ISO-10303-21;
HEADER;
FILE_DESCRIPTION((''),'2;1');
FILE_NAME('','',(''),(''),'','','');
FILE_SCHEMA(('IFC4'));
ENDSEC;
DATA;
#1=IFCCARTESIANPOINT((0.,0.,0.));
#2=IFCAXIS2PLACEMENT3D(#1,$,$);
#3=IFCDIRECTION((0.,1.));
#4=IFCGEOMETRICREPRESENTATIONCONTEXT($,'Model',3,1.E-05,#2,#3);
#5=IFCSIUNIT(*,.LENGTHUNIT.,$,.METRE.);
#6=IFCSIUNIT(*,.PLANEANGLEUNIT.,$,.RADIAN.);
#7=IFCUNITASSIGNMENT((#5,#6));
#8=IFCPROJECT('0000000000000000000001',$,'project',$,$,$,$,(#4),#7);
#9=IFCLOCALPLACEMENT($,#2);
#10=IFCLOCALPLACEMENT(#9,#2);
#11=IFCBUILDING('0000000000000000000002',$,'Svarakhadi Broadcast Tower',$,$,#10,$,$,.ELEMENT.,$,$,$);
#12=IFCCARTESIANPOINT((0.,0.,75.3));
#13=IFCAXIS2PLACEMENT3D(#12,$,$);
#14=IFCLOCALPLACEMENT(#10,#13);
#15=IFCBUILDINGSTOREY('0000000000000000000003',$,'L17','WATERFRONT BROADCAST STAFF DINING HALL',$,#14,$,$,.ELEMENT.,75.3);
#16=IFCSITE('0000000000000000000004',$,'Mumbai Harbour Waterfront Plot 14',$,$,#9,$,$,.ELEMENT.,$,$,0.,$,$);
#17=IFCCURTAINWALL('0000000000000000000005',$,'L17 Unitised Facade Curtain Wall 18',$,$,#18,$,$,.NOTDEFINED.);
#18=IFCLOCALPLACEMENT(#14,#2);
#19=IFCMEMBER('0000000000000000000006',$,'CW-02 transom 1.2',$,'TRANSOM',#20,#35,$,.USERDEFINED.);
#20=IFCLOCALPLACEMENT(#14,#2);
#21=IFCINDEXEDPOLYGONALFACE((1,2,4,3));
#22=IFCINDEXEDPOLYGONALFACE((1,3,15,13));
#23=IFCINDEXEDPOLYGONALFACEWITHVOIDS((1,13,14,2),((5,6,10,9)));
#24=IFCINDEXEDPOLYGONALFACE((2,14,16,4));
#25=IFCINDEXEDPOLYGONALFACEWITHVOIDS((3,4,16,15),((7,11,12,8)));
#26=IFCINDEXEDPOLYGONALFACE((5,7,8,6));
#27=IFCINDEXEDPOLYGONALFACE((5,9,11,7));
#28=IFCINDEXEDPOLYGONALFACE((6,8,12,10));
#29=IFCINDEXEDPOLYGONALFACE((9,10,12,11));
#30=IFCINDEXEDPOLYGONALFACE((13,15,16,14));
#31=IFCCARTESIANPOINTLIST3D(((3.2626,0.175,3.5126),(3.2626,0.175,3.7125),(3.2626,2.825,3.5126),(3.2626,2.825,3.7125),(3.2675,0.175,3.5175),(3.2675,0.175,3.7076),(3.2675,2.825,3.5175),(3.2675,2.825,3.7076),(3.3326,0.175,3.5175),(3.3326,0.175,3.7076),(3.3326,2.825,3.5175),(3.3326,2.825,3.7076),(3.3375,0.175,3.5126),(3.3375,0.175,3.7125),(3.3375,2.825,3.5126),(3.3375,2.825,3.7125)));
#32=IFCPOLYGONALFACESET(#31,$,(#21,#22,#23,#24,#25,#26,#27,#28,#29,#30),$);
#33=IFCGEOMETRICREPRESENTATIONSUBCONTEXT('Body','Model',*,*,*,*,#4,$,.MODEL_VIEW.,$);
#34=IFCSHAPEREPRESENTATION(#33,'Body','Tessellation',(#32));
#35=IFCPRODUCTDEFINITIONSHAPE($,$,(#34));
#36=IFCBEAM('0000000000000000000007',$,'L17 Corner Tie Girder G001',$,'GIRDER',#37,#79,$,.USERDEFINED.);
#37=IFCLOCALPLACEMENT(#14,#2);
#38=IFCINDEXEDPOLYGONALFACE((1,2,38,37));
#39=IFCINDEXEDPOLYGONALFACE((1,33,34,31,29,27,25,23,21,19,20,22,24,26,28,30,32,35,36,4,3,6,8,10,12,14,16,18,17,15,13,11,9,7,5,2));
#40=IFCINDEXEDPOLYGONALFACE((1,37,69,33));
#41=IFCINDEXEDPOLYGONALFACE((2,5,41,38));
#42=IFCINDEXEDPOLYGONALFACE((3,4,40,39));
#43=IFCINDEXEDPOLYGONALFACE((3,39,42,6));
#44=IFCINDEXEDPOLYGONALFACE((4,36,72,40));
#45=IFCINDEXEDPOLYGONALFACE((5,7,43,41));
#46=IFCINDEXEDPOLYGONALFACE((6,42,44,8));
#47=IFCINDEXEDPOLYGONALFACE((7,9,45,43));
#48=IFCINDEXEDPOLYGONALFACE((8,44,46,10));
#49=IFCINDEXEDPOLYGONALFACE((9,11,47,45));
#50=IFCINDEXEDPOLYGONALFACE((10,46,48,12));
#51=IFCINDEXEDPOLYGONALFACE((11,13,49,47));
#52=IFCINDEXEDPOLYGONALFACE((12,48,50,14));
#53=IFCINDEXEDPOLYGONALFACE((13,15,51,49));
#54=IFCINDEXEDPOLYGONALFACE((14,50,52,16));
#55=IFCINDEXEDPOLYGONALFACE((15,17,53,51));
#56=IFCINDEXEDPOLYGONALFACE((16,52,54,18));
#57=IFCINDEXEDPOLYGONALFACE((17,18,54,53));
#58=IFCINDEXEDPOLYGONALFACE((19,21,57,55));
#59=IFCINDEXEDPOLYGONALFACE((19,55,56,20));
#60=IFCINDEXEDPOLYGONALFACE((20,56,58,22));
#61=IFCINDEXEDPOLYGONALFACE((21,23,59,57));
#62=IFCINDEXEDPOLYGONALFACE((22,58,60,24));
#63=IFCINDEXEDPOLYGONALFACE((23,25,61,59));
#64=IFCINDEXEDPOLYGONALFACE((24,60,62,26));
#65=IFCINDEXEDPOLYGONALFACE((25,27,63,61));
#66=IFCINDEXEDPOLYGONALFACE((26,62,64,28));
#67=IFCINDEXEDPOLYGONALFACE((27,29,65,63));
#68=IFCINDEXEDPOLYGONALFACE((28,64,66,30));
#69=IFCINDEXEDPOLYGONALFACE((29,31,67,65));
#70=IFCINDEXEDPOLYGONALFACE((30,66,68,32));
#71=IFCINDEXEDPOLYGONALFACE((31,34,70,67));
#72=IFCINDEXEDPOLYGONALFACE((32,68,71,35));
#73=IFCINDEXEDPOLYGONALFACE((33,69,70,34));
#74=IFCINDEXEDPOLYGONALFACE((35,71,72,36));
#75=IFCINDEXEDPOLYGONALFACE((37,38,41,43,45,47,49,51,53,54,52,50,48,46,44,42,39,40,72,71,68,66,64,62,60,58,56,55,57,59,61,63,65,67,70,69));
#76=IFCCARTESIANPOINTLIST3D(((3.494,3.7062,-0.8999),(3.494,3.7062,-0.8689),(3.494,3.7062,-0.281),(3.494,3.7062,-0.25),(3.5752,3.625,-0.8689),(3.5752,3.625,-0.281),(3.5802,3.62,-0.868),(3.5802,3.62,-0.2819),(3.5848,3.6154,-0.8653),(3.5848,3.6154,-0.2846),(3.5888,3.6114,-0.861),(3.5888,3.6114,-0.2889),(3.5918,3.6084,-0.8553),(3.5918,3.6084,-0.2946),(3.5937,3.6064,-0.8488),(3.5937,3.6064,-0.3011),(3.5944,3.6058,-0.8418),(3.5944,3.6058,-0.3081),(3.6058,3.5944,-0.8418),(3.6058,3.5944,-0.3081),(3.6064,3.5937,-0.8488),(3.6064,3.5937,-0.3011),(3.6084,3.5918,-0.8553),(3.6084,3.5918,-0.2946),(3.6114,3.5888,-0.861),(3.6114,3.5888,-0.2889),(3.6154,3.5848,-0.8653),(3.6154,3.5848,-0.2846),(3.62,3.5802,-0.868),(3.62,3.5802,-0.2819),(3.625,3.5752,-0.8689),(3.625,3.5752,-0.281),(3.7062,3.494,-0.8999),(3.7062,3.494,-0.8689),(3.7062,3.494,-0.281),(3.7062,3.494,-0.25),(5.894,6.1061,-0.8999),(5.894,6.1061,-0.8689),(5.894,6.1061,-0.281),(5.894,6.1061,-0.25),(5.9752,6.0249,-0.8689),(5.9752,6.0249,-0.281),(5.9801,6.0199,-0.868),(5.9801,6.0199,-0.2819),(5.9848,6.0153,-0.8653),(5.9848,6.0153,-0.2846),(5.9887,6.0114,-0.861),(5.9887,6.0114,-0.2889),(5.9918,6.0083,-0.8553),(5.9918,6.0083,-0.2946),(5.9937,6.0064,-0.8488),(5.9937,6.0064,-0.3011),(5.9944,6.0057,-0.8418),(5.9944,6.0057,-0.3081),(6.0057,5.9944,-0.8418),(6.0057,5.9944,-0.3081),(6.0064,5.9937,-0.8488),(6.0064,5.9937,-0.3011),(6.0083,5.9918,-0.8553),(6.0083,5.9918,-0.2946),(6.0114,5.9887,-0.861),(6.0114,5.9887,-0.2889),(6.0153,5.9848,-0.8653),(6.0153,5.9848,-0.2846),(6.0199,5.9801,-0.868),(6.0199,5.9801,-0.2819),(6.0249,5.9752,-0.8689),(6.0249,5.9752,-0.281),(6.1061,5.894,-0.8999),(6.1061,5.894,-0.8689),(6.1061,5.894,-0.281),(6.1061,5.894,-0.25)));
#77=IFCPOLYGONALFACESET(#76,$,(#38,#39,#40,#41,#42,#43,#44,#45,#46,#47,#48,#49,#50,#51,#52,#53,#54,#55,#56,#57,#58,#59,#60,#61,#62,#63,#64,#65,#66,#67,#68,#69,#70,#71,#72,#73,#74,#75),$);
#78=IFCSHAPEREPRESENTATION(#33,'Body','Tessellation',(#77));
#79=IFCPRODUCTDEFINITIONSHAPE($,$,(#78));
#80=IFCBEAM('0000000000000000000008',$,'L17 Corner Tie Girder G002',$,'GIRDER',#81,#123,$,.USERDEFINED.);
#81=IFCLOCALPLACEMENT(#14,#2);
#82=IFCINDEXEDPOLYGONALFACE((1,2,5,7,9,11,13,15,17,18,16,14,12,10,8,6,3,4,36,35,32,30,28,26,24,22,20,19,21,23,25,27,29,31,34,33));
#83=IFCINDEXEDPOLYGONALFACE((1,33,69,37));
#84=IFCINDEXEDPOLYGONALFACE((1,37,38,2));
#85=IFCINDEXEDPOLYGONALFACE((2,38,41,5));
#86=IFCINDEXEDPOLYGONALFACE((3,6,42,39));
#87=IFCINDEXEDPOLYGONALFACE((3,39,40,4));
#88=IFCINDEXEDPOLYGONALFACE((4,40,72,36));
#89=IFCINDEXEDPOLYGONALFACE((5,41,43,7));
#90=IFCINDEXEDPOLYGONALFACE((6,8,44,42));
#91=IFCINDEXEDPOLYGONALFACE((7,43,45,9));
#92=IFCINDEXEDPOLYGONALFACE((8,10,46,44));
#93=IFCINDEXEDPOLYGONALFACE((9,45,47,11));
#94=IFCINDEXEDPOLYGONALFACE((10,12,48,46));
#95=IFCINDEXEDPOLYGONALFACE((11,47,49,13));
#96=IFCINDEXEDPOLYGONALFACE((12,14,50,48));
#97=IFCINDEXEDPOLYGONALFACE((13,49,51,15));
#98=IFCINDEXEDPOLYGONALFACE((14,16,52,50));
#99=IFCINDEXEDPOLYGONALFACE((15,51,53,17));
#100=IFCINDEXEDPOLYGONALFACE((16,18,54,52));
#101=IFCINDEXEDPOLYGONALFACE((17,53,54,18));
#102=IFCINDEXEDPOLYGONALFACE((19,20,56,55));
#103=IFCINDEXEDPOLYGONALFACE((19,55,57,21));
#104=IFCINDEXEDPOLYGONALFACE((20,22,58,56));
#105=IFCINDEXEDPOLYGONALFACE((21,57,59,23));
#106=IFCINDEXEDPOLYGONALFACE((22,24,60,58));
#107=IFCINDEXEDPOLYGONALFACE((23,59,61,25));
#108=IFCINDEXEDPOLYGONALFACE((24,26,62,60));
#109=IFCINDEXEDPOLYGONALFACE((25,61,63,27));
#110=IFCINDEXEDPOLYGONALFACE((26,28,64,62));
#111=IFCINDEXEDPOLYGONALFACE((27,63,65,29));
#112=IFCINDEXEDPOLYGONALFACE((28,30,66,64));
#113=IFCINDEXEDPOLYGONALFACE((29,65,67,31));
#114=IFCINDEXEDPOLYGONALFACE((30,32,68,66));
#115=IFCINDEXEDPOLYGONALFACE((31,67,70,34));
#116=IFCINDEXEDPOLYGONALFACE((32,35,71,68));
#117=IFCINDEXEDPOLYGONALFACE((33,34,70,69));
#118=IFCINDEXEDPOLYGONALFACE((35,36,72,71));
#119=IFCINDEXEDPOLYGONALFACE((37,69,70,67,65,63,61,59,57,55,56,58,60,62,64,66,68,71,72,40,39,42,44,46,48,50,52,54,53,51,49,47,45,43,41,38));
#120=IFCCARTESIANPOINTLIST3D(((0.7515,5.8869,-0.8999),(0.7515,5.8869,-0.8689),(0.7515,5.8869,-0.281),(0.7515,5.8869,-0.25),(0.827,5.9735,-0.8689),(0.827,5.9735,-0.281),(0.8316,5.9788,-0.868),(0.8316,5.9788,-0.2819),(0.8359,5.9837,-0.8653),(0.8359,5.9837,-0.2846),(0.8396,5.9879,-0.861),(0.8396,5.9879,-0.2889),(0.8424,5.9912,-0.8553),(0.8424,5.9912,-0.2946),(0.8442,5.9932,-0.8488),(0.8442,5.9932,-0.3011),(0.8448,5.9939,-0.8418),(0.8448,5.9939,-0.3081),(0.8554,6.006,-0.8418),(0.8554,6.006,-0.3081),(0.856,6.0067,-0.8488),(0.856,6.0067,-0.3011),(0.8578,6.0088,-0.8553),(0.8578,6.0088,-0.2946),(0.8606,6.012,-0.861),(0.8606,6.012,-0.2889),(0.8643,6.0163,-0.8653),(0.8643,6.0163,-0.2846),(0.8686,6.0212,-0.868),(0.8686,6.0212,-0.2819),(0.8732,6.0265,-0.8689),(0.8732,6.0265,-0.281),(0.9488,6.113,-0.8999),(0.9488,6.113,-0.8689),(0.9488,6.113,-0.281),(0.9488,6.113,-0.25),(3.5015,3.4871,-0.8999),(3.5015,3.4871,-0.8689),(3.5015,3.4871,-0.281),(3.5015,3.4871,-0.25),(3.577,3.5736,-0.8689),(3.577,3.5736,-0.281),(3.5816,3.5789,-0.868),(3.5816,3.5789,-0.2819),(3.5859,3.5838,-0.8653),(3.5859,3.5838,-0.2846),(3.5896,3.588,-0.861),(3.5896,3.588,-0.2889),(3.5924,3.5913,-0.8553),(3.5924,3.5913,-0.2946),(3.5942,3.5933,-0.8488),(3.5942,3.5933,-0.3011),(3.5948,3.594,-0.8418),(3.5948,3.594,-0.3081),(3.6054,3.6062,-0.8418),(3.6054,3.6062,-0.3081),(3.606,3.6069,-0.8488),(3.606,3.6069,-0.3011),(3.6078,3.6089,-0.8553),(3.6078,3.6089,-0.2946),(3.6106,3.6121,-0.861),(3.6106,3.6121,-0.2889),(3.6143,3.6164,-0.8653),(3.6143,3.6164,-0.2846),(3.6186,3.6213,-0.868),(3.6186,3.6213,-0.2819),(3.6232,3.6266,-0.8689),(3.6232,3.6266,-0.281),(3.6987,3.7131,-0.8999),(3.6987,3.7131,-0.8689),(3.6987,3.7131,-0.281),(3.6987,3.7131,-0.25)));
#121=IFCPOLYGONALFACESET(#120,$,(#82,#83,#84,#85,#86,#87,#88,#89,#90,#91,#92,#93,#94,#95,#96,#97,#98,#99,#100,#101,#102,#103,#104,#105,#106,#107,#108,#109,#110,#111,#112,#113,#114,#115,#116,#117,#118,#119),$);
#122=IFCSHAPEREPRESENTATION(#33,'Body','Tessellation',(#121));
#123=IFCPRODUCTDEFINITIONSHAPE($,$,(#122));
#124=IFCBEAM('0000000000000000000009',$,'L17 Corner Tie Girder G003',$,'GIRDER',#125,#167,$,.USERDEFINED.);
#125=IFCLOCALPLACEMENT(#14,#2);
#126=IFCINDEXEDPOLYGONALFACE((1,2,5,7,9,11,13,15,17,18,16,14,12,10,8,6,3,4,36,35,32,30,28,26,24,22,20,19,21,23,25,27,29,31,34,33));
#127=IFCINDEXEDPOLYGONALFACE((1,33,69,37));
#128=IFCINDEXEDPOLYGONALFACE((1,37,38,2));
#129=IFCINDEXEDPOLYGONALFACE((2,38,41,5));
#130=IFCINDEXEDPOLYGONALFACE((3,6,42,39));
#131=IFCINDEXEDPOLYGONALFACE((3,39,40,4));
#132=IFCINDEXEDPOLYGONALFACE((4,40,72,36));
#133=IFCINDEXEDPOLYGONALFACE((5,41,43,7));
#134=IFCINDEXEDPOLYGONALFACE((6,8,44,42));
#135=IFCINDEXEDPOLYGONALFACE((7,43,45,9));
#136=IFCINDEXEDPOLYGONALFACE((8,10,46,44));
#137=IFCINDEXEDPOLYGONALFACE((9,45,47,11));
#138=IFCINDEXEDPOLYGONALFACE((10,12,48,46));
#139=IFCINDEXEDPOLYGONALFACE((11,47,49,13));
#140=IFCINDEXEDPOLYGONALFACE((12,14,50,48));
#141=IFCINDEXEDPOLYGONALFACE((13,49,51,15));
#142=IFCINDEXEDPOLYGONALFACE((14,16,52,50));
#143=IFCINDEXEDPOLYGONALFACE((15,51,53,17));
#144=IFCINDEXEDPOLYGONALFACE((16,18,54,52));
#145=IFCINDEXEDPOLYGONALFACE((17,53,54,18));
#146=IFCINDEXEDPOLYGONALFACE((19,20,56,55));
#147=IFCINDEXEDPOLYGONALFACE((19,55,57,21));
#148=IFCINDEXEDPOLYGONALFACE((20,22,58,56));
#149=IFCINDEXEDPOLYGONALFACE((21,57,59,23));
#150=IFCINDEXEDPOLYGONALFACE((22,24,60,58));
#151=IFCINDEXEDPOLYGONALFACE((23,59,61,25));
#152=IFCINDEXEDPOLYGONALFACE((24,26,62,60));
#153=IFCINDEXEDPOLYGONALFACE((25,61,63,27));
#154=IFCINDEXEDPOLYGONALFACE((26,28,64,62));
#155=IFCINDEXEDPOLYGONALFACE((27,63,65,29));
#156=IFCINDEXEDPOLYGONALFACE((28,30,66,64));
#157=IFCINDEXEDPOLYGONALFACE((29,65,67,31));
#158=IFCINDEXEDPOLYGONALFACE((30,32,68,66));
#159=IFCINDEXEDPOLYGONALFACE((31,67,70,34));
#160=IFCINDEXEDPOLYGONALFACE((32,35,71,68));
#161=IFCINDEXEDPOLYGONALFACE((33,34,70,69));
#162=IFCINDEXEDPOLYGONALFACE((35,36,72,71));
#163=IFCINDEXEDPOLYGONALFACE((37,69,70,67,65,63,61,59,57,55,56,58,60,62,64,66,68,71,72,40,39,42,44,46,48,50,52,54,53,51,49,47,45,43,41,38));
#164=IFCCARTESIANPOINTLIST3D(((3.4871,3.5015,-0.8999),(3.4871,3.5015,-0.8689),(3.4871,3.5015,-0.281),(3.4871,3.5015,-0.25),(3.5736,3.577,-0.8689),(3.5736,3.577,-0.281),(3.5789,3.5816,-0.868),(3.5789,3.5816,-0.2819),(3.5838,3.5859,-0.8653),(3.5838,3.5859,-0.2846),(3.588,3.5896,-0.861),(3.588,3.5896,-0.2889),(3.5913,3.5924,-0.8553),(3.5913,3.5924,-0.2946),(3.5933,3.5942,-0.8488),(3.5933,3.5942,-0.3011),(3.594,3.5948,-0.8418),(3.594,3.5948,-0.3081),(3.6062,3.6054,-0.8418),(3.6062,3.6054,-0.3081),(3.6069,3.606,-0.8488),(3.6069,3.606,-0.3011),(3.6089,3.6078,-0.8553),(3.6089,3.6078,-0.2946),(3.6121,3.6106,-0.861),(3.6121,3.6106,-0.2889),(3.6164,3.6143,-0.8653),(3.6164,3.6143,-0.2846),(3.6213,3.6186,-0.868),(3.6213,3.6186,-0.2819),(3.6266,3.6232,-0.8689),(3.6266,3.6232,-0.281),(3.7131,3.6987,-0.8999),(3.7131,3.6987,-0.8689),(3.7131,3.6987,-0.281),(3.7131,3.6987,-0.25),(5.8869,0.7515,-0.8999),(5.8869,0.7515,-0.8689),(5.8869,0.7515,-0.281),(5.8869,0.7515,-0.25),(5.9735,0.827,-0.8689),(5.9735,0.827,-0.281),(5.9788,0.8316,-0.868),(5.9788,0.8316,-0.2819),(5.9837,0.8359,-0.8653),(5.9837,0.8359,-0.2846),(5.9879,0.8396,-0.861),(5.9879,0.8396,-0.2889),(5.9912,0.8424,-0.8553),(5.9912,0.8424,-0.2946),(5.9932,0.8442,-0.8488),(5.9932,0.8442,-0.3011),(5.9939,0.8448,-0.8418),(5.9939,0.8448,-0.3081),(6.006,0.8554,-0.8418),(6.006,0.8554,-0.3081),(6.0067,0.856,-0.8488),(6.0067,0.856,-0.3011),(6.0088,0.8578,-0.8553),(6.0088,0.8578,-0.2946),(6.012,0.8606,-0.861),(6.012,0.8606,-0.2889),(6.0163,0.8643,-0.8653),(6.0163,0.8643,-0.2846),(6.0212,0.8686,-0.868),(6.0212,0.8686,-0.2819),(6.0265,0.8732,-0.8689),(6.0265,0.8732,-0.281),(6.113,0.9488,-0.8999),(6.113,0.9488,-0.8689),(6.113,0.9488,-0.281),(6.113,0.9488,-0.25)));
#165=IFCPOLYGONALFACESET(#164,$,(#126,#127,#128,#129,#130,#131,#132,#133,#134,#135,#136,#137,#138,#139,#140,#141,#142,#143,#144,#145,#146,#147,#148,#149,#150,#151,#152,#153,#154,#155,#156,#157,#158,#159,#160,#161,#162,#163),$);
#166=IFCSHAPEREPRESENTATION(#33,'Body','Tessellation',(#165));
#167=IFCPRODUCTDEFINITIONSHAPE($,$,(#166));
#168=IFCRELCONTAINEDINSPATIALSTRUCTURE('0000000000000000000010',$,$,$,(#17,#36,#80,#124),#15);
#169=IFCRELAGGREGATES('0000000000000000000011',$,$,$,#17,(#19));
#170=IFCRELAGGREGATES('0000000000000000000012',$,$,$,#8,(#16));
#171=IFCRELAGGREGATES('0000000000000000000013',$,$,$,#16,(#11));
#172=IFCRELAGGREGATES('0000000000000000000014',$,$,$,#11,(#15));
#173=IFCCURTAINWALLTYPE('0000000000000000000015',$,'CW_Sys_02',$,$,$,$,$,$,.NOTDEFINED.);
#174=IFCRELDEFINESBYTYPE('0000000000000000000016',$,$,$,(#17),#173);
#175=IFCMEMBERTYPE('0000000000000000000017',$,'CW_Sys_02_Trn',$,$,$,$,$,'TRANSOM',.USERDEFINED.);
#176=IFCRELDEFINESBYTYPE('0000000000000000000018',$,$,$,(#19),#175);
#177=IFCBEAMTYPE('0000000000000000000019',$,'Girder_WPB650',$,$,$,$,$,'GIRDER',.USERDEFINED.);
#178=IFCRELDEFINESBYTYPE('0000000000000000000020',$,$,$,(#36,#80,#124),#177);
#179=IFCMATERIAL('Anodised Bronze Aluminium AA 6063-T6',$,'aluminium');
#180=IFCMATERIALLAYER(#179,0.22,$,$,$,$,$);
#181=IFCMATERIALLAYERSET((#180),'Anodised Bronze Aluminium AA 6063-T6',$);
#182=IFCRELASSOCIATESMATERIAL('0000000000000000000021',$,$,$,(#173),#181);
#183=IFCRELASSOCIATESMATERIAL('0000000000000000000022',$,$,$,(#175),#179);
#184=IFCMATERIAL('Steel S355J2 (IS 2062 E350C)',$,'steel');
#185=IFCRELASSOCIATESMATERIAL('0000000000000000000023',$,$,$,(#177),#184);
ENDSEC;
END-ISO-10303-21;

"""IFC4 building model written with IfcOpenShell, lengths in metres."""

from ifc_helpers import new_model, si_unit, direction, frame, origin, origin_2d, place, context, subcontext, project, spatial, hollow_rectangle, i_section, extrude, material, layer, layer_set, material_profile, profile_set, type_object, element, aggregate, save


model = new_model("IFC4")

# Units and contexts
model_context = context("Model", 3, precision=1e-05, world=origin(), true_north=direction((0.0, 1.0)))
body_context = subcontext(model_context, "Body", "Model", "MODEL_VIEW")
ifc_project = project(units=[si_unit("LENGTHUNIT", "METRE"), si_unit("PLANEANGLEUNIT", "RADIAN")], contexts=[model_context])

# Site, building, storey
site_placement = place(None, origin())
site = spatial("IfcSite", under=ifc_project, at=site_placement, Name="Mumbai Harbour Waterfront Plot 14", CompositionType="ELEMENT", RefElevation=0.0)
building_placement = place(site_placement, origin())
building = spatial("IfcBuilding", under=site, at=building_placement, Name="Svarakhadi Broadcast Tower", CompositionType="ELEMENT")
storey_placement = place(building_placement, frame((0.0, 0.0, 75.3)))
storey = spatial("IfcBuildingStorey", under=building, at=storey_placement, Name="L17", Description="WATERFRONT BROADCAST STAFF DINING HALL", CompositionType="ELEMENT", Elevation=75.3)

# Shared definitions
ifc_material_1 = material(Name="Anodised Bronze Aluminium AA 6063-T6", Category="aluminium")
ifc_layer_1 = layer(ifc_material_1, 0.22)
ifc_layer_set_1 = layer_set([ifc_layer_1], Name="Anodised Bronze Aluminium AA 6063-T6")
curtain_wall_type = type_object("IfcCurtainWallType", Name="CW_Sys_02", PredefinedType="NOTDEFINED", material=ifc_layer_set_1)

# Curtain wall
curtain_wall_1_placement = place(storey_placement, origin())
curtain_wall_1 = element("IfcCurtainWall", 1, at=curtain_wall_1_placement, inside=storey, type_object=curtain_wall_type, Name="L17 Unitised Facade Curtain Wall 18", PredefinedType="NOTDEFINED")

# Member
ifc_material_profile_1 = material_profile(ifc_material_1, hollow_rectangle(XDim=0.075, YDim=0.2, WallThickness=0.0049, at=origin_2d()), Name="ALU TRANSOM 200x75x5")
ifc_profile_set_1 = profile_set([ifc_material_profile_1], Name="Anodised Bronze Aluminium AA 6063-T6")
member_type_1 = type_object("IfcMemberType", Name="CW_Sys_02_Trn", ElementType="TRANSOM", PredefinedType="USERDEFINED", material=ifc_profile_set_1)
member_1_placement = place(storey_placement, frame((3.3, 0.175, 3.6125), z_axis=(0.0, 1.0, 0.0), x_axis=(-1.0, 0.0, 0.0)))
member_1 = element("IfcMember", 2, at=member_1_placement, type_object=member_type_1, Name="CW-02 transom 1.2", ObjectType="TRANSOM", PredefinedType="USERDEFINED", context=body_context, shape_type="SweptSolid", body=[
    extrude(hollow_rectangle(XDim=0.075, YDim=0.2, WallThickness=0.0049, at=origin_2d()), origin(), (0.0, 0.0, 1.0), 2.6499),
])

# Beams
ifc_material_2 = material(Name="Steel S355J2 (IS 2062 E350C)", Category="steel")
ifc_material_profile_2 = material_profile(ifc_material_2, i_section(OverallWidth=0.3, OverallDepth=0.6499, WebThickness=0.0161, FlangeThickness=0.031, FilletRadius=0.0271, at=origin_2d()), Name="WPB 650x300x225")
ifc_profile_set_2 = profile_set([ifc_material_profile_2], Name="Steel S355J2 (IS 2062 E350C)")
beam_type = type_object("IfcBeamType", Name="Girder_WPB650", ElementType="GIRDER", PredefinedType="USERDEFINED", material=ifc_profile_set_2)
beam_1_placement = place(storey_placement, frame((3.6001, 3.6001, -0.575), z_axis=(0.707107, 0.707107, 0.0), x_axis=(-0.707107, 0.707107, 0.0)))
element("IfcBeam", 3, at=beam_1_placement, inside=storey, type_object=beam_type, Name="L17 Corner Tie Girder G001", ObjectType="GIRDER", PredefinedType="USERDEFINED", context=body_context, shape_type="SweptSolid", body=[
    extrude(i_section(OverallWidth=0.3, OverallDepth=0.6499, WebThickness=0.0161, FlangeThickness=0.031, FilletRadius=0.0271, at=origin_2d()), origin(), (0.0, 0.0, 1.0), 3.394),
])
for number, where, z_axis, x_axis, name in (
    (4, (3.6001, 3.6001, -0.575), (-0.753438, 0.657519, 0.0), (-0.657519, -0.753438, 0.0), "L17 Corner Tie Girder G002"),
    (5, (3.6001, 3.6001, -0.575), (0.657519, -0.753438, 0.0), (0.753438, 0.657519, 0.0), "L17 Corner Tie Girder G003"),
):
    element("IfcBeam", number, at=place(storey_placement, frame(where, z_axis=z_axis, x_axis=x_axis)), inside=storey, type_object=beam_type, Name=name, ObjectType="GIRDER", PredefinedType="USERDEFINED", context=body_context, shape_type="SweptSolid", body=[
        extrude(i_section(OverallWidth=0.3, OverallDepth=0.6499, WebThickness=0.0161, FlangeThickness=0.031, FilletRadius=0.0271, at=origin_2d()), origin(), (0.0, 0.0, 1.0), 3.6499),
    ])

aggregate(curtain_wall_1, [member_1])

save(model, "model.ifc")
